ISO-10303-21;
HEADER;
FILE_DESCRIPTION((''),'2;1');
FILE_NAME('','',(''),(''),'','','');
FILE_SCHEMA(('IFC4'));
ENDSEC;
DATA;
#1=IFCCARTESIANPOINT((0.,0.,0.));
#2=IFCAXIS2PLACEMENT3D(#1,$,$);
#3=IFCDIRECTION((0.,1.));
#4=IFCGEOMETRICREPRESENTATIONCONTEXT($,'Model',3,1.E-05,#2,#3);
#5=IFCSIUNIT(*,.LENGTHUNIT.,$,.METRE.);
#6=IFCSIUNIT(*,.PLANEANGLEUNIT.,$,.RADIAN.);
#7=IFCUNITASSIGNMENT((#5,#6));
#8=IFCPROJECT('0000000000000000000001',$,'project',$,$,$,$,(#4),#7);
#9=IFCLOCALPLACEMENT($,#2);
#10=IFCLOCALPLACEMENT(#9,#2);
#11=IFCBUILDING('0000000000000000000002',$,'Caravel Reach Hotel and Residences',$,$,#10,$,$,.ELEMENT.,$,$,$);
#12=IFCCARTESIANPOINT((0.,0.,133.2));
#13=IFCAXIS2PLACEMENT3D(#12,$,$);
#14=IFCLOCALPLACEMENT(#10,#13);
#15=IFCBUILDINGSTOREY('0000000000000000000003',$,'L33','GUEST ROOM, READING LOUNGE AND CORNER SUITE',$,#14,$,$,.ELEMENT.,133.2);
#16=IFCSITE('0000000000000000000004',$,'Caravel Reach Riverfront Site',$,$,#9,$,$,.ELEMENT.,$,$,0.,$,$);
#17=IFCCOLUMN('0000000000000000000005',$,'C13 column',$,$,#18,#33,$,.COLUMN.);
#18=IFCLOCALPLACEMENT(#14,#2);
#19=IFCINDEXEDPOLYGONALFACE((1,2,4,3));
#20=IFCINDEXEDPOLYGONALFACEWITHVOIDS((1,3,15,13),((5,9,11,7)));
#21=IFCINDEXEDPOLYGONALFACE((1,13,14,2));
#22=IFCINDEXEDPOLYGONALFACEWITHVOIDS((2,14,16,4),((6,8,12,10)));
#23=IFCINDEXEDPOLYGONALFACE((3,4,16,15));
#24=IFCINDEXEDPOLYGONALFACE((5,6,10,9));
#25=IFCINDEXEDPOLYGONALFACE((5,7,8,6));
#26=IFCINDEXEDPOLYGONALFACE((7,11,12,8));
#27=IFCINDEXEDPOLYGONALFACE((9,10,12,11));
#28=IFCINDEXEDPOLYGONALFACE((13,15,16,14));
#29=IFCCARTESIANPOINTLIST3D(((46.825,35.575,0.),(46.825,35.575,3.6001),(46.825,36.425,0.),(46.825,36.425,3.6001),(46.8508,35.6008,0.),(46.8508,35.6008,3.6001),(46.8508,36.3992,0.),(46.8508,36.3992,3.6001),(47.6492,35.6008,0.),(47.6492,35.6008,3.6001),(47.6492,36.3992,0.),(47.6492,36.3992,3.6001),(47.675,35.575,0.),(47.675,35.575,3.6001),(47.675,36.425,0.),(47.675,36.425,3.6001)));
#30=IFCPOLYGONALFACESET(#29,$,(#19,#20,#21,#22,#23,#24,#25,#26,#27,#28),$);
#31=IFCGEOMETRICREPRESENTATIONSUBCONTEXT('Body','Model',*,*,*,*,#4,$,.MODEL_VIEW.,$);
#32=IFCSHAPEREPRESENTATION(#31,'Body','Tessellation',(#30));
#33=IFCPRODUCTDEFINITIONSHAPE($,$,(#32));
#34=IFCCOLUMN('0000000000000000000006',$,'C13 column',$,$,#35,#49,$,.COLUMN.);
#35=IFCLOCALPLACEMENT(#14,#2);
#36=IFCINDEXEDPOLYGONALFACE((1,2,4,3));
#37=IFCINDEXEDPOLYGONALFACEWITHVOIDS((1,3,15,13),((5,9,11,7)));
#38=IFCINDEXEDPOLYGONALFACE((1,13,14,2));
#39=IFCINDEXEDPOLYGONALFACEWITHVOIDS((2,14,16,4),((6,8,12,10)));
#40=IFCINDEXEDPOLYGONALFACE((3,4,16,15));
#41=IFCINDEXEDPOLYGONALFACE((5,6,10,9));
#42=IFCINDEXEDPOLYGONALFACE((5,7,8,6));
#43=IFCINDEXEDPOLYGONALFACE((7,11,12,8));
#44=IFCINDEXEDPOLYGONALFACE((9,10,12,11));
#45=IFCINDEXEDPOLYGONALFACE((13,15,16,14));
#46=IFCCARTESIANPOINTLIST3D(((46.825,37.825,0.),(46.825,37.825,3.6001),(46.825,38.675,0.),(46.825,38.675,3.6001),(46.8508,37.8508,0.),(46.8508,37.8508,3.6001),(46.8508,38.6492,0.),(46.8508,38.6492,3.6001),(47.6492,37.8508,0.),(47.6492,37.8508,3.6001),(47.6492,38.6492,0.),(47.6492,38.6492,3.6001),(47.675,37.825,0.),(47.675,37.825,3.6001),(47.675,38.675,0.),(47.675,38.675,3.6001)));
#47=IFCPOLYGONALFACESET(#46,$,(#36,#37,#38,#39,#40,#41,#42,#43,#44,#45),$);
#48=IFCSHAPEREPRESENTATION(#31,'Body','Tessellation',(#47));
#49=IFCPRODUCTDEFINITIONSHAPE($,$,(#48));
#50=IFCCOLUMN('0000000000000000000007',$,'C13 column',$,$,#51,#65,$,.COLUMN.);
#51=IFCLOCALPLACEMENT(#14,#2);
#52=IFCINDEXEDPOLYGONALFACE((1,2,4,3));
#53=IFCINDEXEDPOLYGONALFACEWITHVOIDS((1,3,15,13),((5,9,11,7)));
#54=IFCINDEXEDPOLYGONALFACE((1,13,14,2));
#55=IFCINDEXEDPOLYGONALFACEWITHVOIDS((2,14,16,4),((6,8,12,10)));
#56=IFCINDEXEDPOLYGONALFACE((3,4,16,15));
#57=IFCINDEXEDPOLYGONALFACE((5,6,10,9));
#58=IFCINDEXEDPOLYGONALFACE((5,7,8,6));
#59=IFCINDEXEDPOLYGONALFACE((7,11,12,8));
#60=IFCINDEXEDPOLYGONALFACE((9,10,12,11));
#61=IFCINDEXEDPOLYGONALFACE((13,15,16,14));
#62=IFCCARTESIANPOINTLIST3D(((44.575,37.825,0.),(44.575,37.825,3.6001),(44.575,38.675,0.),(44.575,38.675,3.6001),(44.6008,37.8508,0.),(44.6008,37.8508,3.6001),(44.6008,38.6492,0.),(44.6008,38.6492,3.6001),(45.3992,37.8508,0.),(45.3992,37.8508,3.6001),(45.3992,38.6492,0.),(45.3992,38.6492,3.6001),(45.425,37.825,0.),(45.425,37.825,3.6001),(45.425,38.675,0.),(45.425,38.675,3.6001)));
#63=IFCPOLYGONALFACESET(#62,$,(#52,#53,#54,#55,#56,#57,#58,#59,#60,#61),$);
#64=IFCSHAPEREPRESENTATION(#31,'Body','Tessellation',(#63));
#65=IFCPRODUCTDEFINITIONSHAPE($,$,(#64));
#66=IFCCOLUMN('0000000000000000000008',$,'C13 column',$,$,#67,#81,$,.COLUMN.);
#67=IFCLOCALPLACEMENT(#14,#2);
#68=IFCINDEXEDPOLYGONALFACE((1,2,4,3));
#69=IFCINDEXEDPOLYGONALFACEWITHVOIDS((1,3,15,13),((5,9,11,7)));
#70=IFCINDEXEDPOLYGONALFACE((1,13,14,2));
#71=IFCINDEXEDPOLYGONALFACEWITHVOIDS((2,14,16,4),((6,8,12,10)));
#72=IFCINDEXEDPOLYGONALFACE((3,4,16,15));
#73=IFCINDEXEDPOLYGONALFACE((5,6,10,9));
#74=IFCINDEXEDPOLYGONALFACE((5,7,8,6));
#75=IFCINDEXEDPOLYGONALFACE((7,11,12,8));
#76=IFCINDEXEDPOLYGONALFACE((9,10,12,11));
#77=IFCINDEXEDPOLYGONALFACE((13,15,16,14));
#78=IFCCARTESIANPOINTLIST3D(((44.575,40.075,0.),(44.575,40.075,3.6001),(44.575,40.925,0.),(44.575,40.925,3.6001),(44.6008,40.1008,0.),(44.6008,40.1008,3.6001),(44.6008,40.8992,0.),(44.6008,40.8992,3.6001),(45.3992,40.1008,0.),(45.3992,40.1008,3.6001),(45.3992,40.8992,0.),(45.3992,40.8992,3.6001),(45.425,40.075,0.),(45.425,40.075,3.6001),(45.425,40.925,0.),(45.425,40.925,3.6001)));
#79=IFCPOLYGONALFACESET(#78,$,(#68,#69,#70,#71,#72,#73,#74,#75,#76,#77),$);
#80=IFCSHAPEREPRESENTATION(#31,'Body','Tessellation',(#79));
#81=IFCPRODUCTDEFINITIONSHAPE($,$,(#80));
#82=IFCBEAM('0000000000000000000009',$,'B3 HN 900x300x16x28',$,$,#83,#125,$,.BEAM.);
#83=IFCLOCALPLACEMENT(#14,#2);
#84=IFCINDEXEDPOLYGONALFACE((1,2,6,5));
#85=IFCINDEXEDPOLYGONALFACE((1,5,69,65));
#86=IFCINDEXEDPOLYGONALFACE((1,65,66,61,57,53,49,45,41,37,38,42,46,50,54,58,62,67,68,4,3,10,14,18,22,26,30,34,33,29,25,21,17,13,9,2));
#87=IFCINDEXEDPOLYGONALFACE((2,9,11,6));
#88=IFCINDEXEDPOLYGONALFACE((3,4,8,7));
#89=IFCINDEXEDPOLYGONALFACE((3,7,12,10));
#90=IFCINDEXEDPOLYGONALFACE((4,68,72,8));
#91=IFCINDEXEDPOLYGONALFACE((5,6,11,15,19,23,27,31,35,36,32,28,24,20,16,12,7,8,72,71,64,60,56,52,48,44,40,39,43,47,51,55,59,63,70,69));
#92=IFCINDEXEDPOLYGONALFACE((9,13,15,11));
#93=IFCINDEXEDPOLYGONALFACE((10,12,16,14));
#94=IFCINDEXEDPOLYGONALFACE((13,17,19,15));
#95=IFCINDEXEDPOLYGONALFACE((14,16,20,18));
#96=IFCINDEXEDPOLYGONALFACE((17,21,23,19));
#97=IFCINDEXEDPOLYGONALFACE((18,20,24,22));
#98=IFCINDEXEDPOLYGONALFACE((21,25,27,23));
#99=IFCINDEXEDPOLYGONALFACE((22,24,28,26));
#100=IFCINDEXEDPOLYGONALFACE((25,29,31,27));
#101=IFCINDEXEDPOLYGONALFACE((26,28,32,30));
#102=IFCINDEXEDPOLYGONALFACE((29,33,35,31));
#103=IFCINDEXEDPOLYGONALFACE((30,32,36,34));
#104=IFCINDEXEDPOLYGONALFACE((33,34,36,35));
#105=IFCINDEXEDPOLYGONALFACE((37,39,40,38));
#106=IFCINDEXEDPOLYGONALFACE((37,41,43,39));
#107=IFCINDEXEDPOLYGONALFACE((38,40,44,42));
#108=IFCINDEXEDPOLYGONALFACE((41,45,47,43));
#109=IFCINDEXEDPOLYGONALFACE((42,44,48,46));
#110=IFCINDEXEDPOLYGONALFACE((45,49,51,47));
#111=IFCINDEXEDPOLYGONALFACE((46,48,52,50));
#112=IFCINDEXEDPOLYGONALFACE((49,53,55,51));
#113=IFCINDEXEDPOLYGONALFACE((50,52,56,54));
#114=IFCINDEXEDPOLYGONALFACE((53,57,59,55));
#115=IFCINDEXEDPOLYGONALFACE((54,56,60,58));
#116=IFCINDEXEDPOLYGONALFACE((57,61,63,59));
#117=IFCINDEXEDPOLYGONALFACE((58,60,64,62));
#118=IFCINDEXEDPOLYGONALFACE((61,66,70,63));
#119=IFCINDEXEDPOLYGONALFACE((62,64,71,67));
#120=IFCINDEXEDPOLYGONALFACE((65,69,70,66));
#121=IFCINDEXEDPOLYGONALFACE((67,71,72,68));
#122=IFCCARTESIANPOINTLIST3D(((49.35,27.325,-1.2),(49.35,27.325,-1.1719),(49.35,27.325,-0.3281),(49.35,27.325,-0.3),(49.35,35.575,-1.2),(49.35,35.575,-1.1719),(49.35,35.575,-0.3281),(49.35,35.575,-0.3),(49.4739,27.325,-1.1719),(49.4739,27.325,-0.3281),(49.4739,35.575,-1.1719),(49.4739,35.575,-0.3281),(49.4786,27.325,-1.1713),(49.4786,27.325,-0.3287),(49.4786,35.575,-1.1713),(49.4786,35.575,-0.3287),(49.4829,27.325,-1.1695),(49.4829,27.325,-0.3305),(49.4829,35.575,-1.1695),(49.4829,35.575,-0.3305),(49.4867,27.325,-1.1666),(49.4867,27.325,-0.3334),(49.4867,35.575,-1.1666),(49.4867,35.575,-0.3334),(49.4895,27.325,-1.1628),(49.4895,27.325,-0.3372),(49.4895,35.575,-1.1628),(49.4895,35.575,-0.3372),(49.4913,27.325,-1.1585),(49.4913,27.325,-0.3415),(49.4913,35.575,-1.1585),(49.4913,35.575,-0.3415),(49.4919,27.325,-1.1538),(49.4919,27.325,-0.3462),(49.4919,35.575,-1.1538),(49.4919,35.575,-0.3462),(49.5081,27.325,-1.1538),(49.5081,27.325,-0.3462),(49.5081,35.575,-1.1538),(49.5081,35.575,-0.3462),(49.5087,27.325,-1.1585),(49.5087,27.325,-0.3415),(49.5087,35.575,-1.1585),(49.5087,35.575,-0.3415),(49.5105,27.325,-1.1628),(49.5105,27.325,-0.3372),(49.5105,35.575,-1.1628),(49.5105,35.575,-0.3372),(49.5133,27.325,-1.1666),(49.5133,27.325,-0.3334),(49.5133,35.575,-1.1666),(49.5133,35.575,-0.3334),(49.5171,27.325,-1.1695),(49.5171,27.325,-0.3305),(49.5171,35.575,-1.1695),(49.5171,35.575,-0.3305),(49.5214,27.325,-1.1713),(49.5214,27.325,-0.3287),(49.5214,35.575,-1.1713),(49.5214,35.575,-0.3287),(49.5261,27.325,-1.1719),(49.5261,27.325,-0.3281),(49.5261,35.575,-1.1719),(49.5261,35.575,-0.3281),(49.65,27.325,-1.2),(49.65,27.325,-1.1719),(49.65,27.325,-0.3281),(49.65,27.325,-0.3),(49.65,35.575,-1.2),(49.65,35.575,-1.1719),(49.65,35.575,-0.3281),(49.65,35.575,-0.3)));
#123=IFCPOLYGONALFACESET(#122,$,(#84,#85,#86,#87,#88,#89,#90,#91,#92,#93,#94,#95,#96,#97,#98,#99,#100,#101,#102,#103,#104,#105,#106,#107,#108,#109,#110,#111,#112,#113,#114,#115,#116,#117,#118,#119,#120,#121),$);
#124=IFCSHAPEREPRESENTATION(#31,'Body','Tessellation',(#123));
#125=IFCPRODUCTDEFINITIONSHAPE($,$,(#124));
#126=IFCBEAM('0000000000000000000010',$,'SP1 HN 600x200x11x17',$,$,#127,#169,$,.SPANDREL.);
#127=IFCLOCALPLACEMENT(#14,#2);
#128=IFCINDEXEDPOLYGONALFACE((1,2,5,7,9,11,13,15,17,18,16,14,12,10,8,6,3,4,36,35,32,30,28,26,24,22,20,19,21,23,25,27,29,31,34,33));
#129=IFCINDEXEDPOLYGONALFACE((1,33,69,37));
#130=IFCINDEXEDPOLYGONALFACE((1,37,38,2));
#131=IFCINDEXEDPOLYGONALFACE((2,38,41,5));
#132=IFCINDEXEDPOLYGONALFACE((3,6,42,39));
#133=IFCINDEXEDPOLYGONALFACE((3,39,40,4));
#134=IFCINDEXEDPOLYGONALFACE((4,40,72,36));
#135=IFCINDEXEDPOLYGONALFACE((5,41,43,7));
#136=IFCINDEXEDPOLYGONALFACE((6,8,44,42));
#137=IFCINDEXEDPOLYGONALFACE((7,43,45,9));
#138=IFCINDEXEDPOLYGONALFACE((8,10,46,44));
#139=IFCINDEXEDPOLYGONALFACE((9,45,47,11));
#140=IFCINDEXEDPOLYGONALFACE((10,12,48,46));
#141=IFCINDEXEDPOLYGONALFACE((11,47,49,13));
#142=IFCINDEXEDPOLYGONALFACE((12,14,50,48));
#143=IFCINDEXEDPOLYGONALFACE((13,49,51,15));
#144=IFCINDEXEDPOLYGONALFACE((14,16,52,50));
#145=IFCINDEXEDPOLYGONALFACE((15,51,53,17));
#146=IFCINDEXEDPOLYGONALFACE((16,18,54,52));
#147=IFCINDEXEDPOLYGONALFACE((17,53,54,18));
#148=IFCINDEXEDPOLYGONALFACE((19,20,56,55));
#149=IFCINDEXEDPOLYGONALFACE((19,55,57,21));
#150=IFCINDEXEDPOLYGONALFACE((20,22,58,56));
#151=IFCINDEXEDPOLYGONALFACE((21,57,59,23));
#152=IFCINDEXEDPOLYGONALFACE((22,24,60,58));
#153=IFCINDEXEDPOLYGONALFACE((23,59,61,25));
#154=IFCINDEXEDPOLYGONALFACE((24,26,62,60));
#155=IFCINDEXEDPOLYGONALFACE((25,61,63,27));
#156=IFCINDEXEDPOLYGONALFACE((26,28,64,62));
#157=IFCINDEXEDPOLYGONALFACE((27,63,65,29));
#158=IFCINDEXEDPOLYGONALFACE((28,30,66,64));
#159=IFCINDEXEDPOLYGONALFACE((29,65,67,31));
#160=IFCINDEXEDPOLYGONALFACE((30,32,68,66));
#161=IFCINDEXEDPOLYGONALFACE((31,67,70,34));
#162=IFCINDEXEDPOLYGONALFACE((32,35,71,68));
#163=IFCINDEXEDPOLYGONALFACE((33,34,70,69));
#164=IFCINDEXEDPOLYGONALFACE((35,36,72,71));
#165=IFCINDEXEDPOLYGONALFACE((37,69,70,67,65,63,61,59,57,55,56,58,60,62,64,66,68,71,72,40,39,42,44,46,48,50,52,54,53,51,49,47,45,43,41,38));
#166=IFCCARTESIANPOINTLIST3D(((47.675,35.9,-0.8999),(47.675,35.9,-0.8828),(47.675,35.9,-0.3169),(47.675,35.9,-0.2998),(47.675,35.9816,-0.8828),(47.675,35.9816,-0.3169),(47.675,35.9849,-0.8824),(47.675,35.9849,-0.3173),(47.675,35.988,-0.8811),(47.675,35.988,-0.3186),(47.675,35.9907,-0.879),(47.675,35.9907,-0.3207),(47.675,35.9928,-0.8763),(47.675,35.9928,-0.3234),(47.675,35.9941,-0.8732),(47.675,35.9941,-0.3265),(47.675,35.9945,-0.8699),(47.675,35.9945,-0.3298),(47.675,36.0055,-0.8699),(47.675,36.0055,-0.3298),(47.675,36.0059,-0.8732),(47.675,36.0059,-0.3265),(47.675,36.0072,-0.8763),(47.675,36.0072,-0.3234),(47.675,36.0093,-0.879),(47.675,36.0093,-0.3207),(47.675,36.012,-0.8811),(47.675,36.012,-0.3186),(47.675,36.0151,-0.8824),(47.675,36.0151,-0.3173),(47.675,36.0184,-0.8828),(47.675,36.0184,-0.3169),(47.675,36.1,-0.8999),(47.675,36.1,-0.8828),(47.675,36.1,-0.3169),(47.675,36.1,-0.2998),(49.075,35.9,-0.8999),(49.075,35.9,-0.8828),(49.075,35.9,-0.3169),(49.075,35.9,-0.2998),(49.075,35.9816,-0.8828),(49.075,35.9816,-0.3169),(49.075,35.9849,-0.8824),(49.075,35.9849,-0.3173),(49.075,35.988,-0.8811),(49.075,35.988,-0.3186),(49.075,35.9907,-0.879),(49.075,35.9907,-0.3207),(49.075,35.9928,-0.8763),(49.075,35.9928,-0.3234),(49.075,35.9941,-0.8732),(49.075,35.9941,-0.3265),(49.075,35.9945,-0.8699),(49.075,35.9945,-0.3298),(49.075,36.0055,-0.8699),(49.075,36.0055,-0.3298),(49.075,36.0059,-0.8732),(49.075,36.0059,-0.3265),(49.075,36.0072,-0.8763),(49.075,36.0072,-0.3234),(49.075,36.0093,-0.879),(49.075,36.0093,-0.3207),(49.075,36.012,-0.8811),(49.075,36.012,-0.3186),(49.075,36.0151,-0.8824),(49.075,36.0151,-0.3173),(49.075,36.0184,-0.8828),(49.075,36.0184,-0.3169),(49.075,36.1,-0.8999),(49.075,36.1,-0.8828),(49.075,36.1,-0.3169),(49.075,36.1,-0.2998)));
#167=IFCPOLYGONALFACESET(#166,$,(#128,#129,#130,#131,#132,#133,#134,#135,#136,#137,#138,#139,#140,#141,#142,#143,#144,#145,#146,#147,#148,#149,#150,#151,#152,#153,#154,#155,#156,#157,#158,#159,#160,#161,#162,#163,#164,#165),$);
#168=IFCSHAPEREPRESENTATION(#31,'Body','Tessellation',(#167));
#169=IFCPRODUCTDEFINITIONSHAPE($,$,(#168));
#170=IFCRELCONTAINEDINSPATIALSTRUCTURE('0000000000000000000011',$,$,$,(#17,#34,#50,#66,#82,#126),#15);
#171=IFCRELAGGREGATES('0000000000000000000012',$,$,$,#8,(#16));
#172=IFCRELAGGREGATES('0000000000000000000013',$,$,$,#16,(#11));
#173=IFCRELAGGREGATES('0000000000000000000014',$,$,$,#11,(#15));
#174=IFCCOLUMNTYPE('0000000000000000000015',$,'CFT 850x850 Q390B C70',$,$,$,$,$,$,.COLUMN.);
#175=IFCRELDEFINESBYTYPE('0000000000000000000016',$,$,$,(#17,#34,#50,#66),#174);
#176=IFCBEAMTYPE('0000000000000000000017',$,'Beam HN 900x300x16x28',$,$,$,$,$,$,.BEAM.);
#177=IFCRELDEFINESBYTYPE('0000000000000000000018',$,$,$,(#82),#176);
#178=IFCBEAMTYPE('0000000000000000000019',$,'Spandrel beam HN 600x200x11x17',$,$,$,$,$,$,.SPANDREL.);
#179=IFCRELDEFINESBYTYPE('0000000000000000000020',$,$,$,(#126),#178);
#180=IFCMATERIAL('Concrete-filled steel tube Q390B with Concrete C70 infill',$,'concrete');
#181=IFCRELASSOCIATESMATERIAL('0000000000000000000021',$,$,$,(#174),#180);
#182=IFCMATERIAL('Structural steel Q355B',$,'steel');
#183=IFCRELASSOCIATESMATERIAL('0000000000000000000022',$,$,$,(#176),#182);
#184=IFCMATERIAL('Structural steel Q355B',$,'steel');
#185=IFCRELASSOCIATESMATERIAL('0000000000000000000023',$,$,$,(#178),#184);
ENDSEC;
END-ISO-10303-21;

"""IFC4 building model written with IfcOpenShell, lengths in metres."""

from ifc_helpers import new_model, si_unit, direction, frame, origin, origin_2d, place, context, subcontext, project, spatial, hollow_rectangle, i_section, extrude, material, material_profile, profile_set, type_object, element, save


model = new_model("IFC4")

# Units and contexts
model_context = context("Model", 3, precision=1e-05, world=origin(), true_north=direction((0.0, 1.0)))
body_context = subcontext(model_context, "Body", "Model", "MODEL_VIEW")
ifc_project = project(units=[si_unit("LENGTHUNIT", "METRE"), si_unit("PLANEANGLEUNIT", "RADIAN")], contexts=[model_context])

# Site, building, storey
site_placement = place(None, origin())
site = spatial("IfcSite", under=ifc_project, at=site_placement, Name="Caravel Reach Riverfront Site", CompositionType="ELEMENT", RefElevation=0.0)
building_placement = place(site_placement, origin())
building = spatial("IfcBuilding", under=site, at=building_placement, Name="Caravel Reach Hotel and Residences", CompositionType="ELEMENT")
storey_placement = place(building_placement, frame((0.0, 0.0, 133.2)))
storey = spatial("IfcBuildingStorey", under=building, at=storey_placement, Name="L33", Description="GUEST ROOM, READING LOUNGE AND CORNER SUITE", CompositionType="ELEMENT", Elevation=133.2)

# Columns
ifc_material_1 = material(Name="Concrete-filled steel tube Q390B with Concrete C70 infill", Category="concrete")
ifc_material_profile_1 = material_profile(ifc_material_1, hollow_rectangle(XDim=0.8501, YDim=0.8501, WallThickness=0.0259, at=origin_2d()), Name="RHS 850x850x26")
ifc_profile_set_1 = profile_set([ifc_material_profile_1], Name="Concrete-filled steel tube Q390B with Concrete C70 infill")
column_type = type_object("IfcColumnType", Name="CFT 850x850 Q390B C70", PredefinedType="COLUMN", material=ifc_profile_set_1)
for number, where, z_axis, x_axis, name in (
    (1, (47.25, 36.0, 0.0), (0.0, 0.0, 1.0), (1.0, 0.0, 0.0), "C13 column"),
    (2, (47.25, 38.25, 0.0), (0.0, 0.0, 1.0), (1.0, 0.0, 0.0), "C13 column"),
    (3, (45.0, 38.25, 0.0), (0.0, 0.0, 1.0), (1.0, 0.0, 0.0), "C13 column"),
    (4, (45.0, 40.5, 0.0), (0.0, 0.0, 1.0), (1.0, 0.0, 0.0), "C13 column"),
):
    element("IfcColumn", number, at=place(storey_placement, frame(where, z_axis=z_axis, x_axis=x_axis)), inside=storey, type_object=column_type, Name=name, PredefinedType="COLUMN", context=body_context, shape_type="SweptSolid", body=[
        extrude(hollow_rectangle(XDim=0.8501, YDim=0.8501, WallThickness=0.0259, at=origin_2d()), origin(), (0.0, 0.0, 1.0), 3.6001),
    ])

# Beams
ifc_material_2 = material(Name="Structural steel Q355B", Category="steel")
ifc_material_profile_2 = material_profile(ifc_material_2, i_section(OverallWidth=0.3, OverallDepth=0.8999, WebThickness=0.0161, FlangeThickness=0.0281, FilletRadius=0.0181, at=origin_2d()), Name="HN 900x300x16x28")
ifc_profile_set_2 = profile_set([ifc_material_profile_2], Name="Structural steel Q355B")
beam_type_1 = type_object("IfcBeamType", Name="Beam HN 900x300x16x28", PredefinedType="BEAM", material=ifc_profile_set_2)
beam_1_placement = place(storey_placement, frame((49.5, 27.325, -0.75), z_axis=(0.0, 1.0, 0.0), x_axis=(-1.0, 0.0, 0.0)))
element("IfcBeam", 5, at=beam_1_placement, inside=storey, type_object=beam_type_1, Name="B3 HN 900x300x16x28", PredefinedType="BEAM", context=body_context, shape_type="SweptSolid", body=[
    extrude(i_section(OverallWidth=0.3, OverallDepth=0.8999, WebThickness=0.0161, FlangeThickness=0.0281, FilletRadius=0.0181, at=origin_2d()), origin(), (0.0, 0.0, 1.0), 8.25),
])
ifc_material_3 = material(Name="Structural steel Q355B", Category="steel")
ifc_material_profile_3 = material_profile(ifc_material_3, i_section(OverallWidth=0.2, OverallDepth=0.6001, WebThickness=0.011, FlangeThickness=0.0171, FilletRadius=0.0129, at=origin_2d()), Name="HN 600x200x11x17")
ifc_profile_set_3 = profile_set([ifc_material_profile_3], Name="Structural steel Q355B")
beam_type_2 = type_object("IfcBeamType", Name="Spandrel beam HN 600x200x11x17", PredefinedType="SPANDREL", material=ifc_profile_set_3)
for number, where, z_axis, x_axis, name in (
    (6, (49.075, 36.0, -0.5999), (-1.0, 0.0, 0.0), (0.0, -1.0, 0.0), "SP1 HN 600x200x11x17"),
):
    element("IfcBeam", number, at=place(storey_placement, frame(where, z_axis=z_axis, x_axis=x_axis)), inside=storey, type_object=beam_type_2, Name=name, PredefinedType="SPANDREL", context=body_context, shape_type="SweptSolid", body=[
        extrude(i_section(OverallWidth=0.2, OverallDepth=0.6001, WebThickness=0.011, FlangeThickness=0.0171, FilletRadius=0.0129, at=origin_2d()), origin(), (0.0, 0.0, 1.0), 1.3999),
    ])

save(model, "model.ifc")
